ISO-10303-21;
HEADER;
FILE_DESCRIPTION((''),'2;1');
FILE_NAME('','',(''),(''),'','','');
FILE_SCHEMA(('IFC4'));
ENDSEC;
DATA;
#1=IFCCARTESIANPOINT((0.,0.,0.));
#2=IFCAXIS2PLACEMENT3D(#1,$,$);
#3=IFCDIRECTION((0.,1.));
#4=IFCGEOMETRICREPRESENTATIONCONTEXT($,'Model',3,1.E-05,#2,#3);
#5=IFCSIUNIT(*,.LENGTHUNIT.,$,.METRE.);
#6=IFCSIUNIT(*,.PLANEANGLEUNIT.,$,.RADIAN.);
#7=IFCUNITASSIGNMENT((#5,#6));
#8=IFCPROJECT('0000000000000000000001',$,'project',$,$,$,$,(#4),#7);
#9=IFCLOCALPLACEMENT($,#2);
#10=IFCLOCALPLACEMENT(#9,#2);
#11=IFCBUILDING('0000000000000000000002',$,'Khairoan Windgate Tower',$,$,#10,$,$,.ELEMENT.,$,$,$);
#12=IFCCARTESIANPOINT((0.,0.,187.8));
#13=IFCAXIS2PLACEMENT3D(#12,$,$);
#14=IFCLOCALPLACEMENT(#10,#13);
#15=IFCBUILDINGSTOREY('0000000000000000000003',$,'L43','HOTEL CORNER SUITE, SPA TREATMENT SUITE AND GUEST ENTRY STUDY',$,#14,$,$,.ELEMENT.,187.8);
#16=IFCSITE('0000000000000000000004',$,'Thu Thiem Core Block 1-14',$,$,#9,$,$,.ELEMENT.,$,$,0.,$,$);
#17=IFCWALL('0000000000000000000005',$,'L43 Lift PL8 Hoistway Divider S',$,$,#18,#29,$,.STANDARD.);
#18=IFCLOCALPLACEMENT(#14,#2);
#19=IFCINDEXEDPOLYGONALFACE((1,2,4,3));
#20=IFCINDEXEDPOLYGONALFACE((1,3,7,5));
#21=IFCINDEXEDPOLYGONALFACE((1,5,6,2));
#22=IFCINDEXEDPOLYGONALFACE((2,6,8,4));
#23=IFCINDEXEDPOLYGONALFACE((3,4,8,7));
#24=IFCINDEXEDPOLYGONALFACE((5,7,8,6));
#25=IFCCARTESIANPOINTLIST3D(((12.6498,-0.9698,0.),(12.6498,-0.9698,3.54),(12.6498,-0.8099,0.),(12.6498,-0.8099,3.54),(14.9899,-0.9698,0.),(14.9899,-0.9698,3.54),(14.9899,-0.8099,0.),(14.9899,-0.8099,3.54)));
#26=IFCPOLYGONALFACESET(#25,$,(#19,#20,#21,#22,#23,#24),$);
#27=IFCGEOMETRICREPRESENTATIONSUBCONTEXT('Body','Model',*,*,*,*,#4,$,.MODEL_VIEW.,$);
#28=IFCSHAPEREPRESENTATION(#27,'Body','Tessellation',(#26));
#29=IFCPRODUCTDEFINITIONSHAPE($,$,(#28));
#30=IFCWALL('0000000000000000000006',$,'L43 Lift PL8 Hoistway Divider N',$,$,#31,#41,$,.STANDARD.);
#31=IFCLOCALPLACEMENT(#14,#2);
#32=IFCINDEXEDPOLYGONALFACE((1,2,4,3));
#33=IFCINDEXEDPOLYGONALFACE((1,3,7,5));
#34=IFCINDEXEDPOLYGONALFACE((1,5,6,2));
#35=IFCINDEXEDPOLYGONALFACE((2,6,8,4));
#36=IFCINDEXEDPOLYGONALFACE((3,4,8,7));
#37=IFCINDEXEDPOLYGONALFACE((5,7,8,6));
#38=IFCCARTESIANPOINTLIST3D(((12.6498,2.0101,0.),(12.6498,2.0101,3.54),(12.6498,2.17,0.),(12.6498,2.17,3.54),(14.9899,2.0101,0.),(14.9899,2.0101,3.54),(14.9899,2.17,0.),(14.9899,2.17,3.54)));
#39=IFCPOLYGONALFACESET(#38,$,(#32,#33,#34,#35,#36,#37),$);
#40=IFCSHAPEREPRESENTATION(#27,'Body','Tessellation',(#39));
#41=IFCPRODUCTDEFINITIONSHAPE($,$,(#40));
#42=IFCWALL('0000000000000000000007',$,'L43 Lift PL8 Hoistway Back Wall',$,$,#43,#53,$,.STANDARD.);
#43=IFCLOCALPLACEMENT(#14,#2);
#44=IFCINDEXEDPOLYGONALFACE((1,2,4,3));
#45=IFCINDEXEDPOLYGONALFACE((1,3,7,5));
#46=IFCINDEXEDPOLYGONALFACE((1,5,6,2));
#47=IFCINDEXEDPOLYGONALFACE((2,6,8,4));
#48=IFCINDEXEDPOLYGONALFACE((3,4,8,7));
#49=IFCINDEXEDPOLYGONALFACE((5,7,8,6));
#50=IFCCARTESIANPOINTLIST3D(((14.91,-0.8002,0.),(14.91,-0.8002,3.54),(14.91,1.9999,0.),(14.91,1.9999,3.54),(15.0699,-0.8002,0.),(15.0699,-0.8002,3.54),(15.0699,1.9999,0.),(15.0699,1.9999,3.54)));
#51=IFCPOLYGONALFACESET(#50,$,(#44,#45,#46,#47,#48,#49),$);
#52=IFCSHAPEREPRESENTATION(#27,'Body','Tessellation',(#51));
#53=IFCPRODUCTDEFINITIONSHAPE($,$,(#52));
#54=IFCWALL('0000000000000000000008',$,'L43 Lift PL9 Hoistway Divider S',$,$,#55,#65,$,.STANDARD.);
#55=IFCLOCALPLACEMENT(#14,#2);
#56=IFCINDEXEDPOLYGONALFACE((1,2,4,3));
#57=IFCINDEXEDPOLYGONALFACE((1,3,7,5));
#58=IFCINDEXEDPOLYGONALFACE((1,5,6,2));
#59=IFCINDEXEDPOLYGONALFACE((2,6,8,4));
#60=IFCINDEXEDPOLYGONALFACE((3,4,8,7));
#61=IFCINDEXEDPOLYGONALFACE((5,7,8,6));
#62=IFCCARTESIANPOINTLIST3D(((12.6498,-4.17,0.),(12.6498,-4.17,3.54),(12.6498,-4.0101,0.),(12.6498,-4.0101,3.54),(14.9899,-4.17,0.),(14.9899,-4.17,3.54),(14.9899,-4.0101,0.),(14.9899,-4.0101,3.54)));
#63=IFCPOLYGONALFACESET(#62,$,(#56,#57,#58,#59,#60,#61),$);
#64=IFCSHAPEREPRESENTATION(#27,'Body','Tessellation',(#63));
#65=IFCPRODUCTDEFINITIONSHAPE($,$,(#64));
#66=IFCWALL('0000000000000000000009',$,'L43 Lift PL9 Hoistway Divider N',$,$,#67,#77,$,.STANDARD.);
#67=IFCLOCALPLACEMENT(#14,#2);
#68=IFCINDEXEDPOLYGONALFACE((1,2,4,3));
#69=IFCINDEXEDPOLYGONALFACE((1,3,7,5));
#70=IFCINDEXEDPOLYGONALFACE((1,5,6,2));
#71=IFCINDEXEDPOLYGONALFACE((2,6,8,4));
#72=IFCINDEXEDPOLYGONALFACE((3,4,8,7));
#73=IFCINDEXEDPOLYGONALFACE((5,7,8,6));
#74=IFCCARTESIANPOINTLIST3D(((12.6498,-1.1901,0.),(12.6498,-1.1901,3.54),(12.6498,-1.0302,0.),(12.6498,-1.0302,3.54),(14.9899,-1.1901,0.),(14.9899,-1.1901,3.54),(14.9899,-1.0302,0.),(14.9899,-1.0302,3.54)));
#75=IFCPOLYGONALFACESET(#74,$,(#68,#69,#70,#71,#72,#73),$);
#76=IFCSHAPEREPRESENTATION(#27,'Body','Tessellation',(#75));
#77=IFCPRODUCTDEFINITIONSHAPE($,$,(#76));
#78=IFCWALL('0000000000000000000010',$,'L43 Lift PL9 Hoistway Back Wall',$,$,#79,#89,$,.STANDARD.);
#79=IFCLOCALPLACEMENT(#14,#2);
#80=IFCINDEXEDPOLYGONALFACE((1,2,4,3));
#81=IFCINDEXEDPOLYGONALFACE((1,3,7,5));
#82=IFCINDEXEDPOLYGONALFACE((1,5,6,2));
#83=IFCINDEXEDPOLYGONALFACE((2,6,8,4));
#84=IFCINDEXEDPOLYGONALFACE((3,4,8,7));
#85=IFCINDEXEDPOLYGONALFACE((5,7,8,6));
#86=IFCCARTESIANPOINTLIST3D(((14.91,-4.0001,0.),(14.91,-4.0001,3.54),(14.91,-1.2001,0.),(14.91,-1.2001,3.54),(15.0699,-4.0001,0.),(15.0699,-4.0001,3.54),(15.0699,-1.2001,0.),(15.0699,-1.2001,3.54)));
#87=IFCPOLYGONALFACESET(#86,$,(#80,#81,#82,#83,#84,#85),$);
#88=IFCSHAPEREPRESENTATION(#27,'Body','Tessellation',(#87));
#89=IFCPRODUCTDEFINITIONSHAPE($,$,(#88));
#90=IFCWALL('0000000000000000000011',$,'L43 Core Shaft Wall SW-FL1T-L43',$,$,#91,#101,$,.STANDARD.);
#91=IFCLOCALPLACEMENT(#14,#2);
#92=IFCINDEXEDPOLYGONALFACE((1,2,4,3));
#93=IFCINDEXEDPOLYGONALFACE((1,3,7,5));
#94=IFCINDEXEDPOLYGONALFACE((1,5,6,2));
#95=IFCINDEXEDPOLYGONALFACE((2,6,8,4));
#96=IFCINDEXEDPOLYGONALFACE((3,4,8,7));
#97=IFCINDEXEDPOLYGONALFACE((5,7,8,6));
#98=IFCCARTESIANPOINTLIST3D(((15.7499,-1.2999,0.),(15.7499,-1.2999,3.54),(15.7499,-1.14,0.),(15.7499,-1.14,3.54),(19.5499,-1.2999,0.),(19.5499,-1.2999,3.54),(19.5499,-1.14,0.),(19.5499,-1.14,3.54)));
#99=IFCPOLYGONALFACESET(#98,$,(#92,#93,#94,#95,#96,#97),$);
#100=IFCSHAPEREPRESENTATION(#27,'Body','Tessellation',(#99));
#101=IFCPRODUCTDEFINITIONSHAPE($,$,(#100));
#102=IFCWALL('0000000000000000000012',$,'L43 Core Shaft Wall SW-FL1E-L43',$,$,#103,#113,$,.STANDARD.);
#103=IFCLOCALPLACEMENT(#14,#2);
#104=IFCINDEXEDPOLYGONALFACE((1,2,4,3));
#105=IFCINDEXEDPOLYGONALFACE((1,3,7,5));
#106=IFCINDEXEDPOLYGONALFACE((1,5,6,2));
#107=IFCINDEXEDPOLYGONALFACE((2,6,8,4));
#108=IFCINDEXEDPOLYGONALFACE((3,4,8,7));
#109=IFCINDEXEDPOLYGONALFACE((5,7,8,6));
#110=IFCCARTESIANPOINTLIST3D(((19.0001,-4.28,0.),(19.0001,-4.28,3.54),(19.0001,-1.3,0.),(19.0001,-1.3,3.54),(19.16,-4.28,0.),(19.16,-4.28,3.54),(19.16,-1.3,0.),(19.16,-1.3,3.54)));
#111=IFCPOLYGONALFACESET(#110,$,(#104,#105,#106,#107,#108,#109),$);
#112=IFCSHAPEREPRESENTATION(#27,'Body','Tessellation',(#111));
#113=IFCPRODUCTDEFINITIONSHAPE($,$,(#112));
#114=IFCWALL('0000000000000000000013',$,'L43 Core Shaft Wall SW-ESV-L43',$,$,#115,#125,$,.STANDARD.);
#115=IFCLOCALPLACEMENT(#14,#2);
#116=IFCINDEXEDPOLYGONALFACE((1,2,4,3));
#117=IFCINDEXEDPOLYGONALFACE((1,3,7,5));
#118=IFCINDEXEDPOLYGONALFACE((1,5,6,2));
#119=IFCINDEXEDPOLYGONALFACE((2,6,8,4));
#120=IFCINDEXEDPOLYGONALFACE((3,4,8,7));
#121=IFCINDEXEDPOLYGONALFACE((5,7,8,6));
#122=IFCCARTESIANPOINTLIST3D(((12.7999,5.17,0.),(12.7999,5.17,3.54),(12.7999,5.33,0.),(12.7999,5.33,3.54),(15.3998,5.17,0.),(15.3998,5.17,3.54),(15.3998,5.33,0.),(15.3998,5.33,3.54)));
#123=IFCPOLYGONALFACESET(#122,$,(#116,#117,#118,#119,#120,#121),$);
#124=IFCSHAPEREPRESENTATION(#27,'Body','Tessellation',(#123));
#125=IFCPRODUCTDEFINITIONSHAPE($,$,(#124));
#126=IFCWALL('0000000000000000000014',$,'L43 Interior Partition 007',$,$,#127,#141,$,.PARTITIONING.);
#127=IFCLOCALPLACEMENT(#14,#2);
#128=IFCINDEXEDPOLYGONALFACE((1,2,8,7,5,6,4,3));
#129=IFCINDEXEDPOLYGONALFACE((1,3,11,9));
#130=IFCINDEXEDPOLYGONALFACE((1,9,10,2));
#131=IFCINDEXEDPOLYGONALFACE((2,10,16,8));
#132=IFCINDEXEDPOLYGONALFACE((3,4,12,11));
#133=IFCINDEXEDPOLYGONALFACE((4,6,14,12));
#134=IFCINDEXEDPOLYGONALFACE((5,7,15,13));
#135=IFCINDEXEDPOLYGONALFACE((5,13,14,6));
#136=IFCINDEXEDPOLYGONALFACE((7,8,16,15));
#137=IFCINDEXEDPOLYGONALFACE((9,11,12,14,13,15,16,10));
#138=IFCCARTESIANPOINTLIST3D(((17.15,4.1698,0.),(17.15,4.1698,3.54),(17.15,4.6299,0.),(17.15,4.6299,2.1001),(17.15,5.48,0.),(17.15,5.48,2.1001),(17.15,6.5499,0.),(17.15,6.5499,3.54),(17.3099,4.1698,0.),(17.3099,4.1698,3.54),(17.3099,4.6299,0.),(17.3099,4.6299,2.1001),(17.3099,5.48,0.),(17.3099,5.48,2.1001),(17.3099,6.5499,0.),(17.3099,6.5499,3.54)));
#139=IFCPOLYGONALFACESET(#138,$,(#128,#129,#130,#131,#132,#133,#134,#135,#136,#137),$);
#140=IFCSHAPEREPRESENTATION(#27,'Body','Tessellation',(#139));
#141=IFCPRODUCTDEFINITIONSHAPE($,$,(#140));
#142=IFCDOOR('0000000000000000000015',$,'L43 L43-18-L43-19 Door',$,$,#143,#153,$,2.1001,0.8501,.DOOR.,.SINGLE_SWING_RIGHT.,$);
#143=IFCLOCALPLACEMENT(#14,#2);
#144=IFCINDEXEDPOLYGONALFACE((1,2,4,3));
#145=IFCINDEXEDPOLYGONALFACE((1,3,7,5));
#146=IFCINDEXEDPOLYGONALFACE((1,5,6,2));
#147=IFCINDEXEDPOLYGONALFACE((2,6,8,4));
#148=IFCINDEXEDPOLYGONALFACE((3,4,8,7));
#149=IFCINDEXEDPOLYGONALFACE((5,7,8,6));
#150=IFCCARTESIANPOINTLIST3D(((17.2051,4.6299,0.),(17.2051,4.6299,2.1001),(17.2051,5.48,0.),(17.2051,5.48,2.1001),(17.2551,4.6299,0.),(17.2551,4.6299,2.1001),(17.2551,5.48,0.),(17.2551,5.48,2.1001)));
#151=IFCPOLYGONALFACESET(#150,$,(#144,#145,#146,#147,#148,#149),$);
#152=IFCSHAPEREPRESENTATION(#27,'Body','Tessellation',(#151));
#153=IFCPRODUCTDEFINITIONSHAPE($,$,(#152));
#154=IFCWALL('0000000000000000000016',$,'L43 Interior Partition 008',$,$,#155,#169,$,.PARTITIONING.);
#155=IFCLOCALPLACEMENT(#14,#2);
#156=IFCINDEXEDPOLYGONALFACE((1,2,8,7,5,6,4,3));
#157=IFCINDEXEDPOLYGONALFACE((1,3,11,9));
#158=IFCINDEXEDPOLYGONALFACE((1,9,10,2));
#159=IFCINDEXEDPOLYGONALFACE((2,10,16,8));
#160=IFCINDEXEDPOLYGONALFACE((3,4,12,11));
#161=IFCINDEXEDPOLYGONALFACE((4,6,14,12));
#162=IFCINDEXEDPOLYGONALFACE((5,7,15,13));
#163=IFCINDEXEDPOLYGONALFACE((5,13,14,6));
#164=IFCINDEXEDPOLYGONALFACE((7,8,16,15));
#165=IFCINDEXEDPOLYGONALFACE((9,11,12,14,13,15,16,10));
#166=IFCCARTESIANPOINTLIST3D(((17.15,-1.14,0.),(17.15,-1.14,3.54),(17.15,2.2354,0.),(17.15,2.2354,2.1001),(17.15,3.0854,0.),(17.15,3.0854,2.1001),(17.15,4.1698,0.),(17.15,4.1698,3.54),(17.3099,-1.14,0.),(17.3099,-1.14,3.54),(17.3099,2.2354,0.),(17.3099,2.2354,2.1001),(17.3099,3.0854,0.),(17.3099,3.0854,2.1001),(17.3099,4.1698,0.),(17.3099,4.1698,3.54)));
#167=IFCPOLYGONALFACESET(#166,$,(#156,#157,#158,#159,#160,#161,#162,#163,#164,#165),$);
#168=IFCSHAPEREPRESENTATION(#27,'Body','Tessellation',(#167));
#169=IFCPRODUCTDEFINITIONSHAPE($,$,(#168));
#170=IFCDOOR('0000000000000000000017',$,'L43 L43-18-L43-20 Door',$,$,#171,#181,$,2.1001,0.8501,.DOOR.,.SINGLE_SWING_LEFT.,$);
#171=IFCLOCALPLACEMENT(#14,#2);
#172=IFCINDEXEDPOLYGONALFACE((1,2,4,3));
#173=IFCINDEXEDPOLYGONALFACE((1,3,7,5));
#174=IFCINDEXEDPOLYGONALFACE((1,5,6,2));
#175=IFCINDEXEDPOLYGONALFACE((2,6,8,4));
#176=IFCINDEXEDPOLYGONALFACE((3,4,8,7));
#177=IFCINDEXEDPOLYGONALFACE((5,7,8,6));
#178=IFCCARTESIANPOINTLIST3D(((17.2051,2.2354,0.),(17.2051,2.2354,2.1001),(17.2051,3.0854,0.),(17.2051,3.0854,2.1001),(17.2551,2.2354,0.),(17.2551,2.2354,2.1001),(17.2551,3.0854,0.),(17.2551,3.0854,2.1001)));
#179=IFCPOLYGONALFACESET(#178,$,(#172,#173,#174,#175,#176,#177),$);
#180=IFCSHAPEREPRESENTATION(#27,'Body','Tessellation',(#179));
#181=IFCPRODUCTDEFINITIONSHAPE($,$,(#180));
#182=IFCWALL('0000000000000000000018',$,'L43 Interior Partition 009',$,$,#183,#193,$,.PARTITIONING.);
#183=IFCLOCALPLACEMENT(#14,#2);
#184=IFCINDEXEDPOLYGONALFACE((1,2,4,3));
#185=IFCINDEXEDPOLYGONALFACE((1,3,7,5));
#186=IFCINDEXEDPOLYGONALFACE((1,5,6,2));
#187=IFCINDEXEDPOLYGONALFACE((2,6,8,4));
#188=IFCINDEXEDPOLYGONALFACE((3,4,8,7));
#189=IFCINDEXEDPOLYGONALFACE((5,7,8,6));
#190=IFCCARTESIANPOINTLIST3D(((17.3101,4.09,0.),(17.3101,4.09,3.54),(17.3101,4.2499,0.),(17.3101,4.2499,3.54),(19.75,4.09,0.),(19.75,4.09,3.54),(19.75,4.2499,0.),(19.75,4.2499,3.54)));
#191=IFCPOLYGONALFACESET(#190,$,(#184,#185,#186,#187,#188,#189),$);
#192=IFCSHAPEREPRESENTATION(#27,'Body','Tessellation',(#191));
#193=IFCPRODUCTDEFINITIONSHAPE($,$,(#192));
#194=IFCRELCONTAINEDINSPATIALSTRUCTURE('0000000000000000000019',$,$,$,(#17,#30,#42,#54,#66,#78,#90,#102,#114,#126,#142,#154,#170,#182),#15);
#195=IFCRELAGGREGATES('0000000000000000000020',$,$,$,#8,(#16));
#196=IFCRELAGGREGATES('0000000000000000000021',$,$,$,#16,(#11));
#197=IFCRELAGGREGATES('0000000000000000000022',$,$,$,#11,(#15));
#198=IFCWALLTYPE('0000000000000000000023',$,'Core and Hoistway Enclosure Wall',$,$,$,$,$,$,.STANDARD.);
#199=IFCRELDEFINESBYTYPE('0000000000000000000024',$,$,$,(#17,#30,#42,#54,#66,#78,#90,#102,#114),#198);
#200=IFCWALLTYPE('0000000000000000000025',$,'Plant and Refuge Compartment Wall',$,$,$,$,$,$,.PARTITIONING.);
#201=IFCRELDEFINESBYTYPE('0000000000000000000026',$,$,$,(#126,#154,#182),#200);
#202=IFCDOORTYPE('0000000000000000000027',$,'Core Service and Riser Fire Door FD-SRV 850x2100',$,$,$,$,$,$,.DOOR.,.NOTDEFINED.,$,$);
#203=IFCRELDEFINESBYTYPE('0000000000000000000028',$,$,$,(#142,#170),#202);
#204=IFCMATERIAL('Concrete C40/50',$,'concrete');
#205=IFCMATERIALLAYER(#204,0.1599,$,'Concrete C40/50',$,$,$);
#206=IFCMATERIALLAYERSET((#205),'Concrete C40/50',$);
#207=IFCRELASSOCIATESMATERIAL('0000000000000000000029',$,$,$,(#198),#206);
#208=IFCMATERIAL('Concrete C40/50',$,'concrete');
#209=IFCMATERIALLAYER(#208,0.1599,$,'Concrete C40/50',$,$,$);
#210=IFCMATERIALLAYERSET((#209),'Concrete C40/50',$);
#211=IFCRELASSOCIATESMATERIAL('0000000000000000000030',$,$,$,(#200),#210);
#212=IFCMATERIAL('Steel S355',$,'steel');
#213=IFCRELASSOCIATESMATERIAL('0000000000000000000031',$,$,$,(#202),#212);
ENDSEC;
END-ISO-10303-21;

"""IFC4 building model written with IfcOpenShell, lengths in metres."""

from ifc_helpers import new_model, si_unit, direction, frame, frame_2d, origin, place, context, subcontext, project, spatial, rectangle, extrude, material, layer, layer_set, type_object, element, fill, save


model = new_model("IFC4")

# Units and contexts
model_context = context("Model", 3, precision=1e-05, world=origin(), true_north=direction((0.0, 1.0)))
body_context = subcontext(model_context, "Body", "Model", "MODEL_VIEW")
ifc_project = project(units=[si_unit("LENGTHUNIT", "METRE"), si_unit("PLANEANGLEUNIT", "RADIAN")], contexts=[model_context])

# Site, building, storey
site_placement = place(None, origin())
site = spatial("IfcSite", under=ifc_project, at=site_placement, Name="Thu Thiem Core Block 1-14", CompositionType="ELEMENT", RefElevation=0.0)
building_placement = place(site_placement, origin())
building = spatial("IfcBuilding", under=site, at=building_placement, Name="Khairoan Windgate Tower", CompositionType="ELEMENT")
storey_placement = place(building_placement, frame((0.0, 0.0, 187.8)))
storey = spatial("IfcBuildingStorey", under=building, at=storey_placement, Name="L43", Description="HOTEL CORNER SUITE, SPA TREATMENT SUITE AND GUEST ENTRY STUDY", CompositionType="ELEMENT", Elevation=187.8)

# Walls
ifc_material_1 = material(Name="Concrete C40/50", Category="concrete")
ifc_layer_1 = layer(ifc_material_1, 0.1599, Name="Concrete C40/50")
ifc_layer_set_1 = layer_set([ifc_layer_1], Name="Concrete C40/50")
wall_type_1 = type_object("IfcWallType", Name="Core and Hoistway Enclosure Wall", PredefinedType="STANDARD", material=ifc_layer_set_1)
for number, where, z_axis, x_axis, name in (
    (1, (12.6499, -0.8899, 0.0), (0.0, 0.0, 1.0), (1.0, 0.0, 0.0), "L43 Lift PL8 Hoistway Divider S"),
    (2, (12.6499, 2.0901, 0.0), (0.0, 0.0, 1.0), (1.0, 0.0, 0.0), "L43 Lift PL8 Hoistway Divider N"),
):
    element("IfcWall", number, at=place(storey_placement, frame(where, z_axis=z_axis, x_axis=x_axis)), inside=storey, type_object=wall_type_1, Name=name, PredefinedType="STANDARD", context=body_context, shape_type="SweptSolid", body=[
        extrude(rectangle(XDim=2.3401, YDim=0.1599, at=frame_2d((1.1699, 0.0))), origin(), (0.0, 0.0, 1.0), 3.54),
    ])
wall_1_placement = place(storey_placement, frame((14.99, -0.8, 0.0), z_axis=(0.0, 0.0, 1.0), x_axis=(0.0, 1.0, 0.0)))
element("IfcWall", 3, at=wall_1_placement, inside=storey, type_object=wall_type_1, Name="L43 Lift PL8 Hoistway Back Wall", PredefinedType="STANDARD", context=body_context, shape_type="SweptSolid", body=[
    extrude(rectangle(XDim=2.8, YDim=0.1599, at=frame_2d((1.3999, 0.0))), origin(), (0.0, 0.0, 1.0), 3.54),
])
for number, where, z_axis, x_axis, name in (
    (4, (12.6499, -4.0901, 0.0), (0.0, 0.0, 1.0), (1.0, 0.0, 0.0), "L43 Lift PL9 Hoistway Divider S"),
    (5, (12.6499, -1.1101, 0.0), (0.0, 0.0, 1.0), (1.0, 0.0, 0.0), "L43 Lift PL9 Hoistway Divider N"),
):
    element("IfcWall", number, at=place(storey_placement, frame(where, z_axis=z_axis, x_axis=x_axis)), inside=storey, type_object=wall_type_1, Name=name, PredefinedType="STANDARD", context=body_context, shape_type="SweptSolid", body=[
        extrude(rectangle(XDim=2.3401, YDim=0.1599, at=frame_2d((1.1699, 0.0))), origin(), (0.0, 0.0, 1.0), 3.54),
    ])
wall_2_placement = place(storey_placement, frame((14.99, -4.0, 0.0), z_axis=(0.0, 0.0, 1.0), x_axis=(0.0, 1.0, 0.0)))
element("IfcWall", 6, at=wall_2_placement, inside=storey, type_object=wall_type_1, Name="L43 Lift PL9 Hoistway Back Wall", PredefinedType="STANDARD", context=body_context, shape_type="SweptSolid", body=[
    extrude(rectangle(XDim=2.8, YDim=0.1599, at=frame_2d((1.3999, 0.0))), origin(), (0.0, 0.0, 1.0), 3.54),
])
wall_3_placement = place(storey_placement, frame((15.75, -1.22, 0.0), z_axis=(0.0, 0.0, 1.0), x_axis=(1.0, 0.0, 0.0)))
element("IfcWall", 7, at=wall_3_placement, inside=storey, type_object=wall_type_1, Name="L43 Core Shaft Wall SW-FL1T-L43", PredefinedType="STANDARD", context=body_context, shape_type="SweptSolid", body=[
    extrude(rectangle(XDim=3.8, YDim=0.1599, at=frame_2d((1.8999, 0.0))), origin(), (0.0, 0.0, 1.0), 3.54),
])
wall_4_placement = place(storey_placement, frame((19.0801, -4.28, 0.0), z_axis=(0.0, 0.0, 1.0), x_axis=(0.0, 1.0, 0.0)))
element("IfcWall", 8, at=wall_4_placement, inside=storey, type_object=wall_type_1, Name="L43 Core Shaft Wall SW-FL1E-L43", PredefinedType="STANDARD", context=body_context, shape_type="SweptSolid", body=[
    extrude(rectangle(XDim=2.98, YDim=0.1599, at=frame_2d((1.49, 0.0))), origin(), (0.0, 0.0, 1.0), 3.54),
])
wall_5_placement = place(storey_placement, frame((12.8, 5.25, 0.0), z_axis=(0.0, 0.0, 1.0), x_axis=(1.0, 0.0, 0.0)))
element("IfcWall", 9, at=wall_5_placement, inside=storey, type_object=wall_type_1, Name="L43 Core Shaft Wall SW-ESV-L43", PredefinedType="STANDARD", context=body_context, shape_type="SweptSolid", body=[
    extrude(rectangle(XDim=2.5999, YDim=0.1599, at=frame_2d((1.2998, 0.0))), origin(), (0.0, 0.0, 1.0), 3.54),
])

# Walls, openings, doors
ifc_material_2 = material(Name="Concrete C40/50", Category="concrete")
ifc_layer_2 = layer(ifc_material_2, 0.1599, Name="Concrete C40/50")
ifc_layer_set_2 = layer_set([ifc_layer_2], Name="Concrete C40/50")
wall_type_2 = type_object("IfcWallType", Name="Plant and Refuge Compartment Wall", PredefinedType="PARTITIONING", material=ifc_layer_set_2)
wall_6_placement = place(storey_placement, frame((17.23, 4.1699, 0.0), z_axis=(0.0, 0.0, 1.0), x_axis=(0.0, 1.0, 0.0)))
wall_6 = element("IfcWall", 10, at=wall_6_placement, inside=storey, type_object=wall_type_2, Name="L43 Interior Partition 007", PredefinedType="PARTITIONING", context=body_context, shape_type="SweptSolid", body=[
    extrude(rectangle(XDim=2.3801, YDim=0.1599, at=frame_2d((1.1899, 0.0))), origin(), (0.0, 0.0, 1.0), 3.54),
])
opening_1_placement = place(wall_6_placement, frame((0.46, 0.0, 0.0)))
opening_1 = element("IfcOpeningElement", 11, at=opening_1_placement, cuts=wall_6, PredefinedType="OPENING", context=body_context, shape_type="SweptSolid", body=[
    extrude(rectangle(XDim=0.8501, YDim=2.1001, at=frame_2d((0.425, 1.05))), frame((0.0, 0.0898, 0.0), z_axis=(0.0, -1.0, 0.0), x_axis=(1.0, 0.0, 0.0)), (0.0, 0.0, 1.0), 0.1799),
])
ifc_material_3 = material(Name="Steel S355", Category="steel")
door_type = type_object("IfcDoorType", Name="Core Service and Riser Fire Door FD-SRV 850x2100", OperationType="NOTDEFINED", PredefinedType="DOOR", material=ifc_material_3)
door_1_placement = place(opening_1_placement, origin())
door_1 = element("IfcDoor", 12, at=door_1_placement, inside=storey, type_object=door_type, Name="L43 L43-18-L43-19 Door", OperationType="SINGLE_SWING_RIGHT", OverallHeight=2.1001, OverallWidth=0.8501, PredefinedType="DOOR", context=body_context, shape_type="SweptSolid", body=[
    extrude(rectangle(XDim=0.8501, YDim=2.1001, at=frame_2d((0.425, 1.05))), frame((0.0, 0.0249, 0.0), z_axis=(0.0, -1.0, 0.0), x_axis=(1.0, 0.0, 0.0)), (0.0, 0.0, 1.0), 0.05),
])
fill(opening_1, door_1)
wall_7_placement = place(storey_placement, frame((17.23, -1.1399, 0.0), z_axis=(0.0, 0.0, 1.0), x_axis=(0.0, 1.0, 0.0)))
wall_7 = element("IfcWall", 13, at=wall_7_placement, inside=storey, type_object=wall_type_2, Name="L43 Interior Partition 008", PredefinedType="PARTITIONING", context=body_context, shape_type="SweptSolid", body=[
    extrude(rectangle(XDim=5.3098, YDim=0.1599, at=frame_2d((2.6548, 0.0))), origin(), (0.0, 0.0, 1.0), 3.54),
])
opening_2_placement = place(wall_7_placement, frame((3.3752, 0.0, 0.0)))
opening_2 = element("IfcOpeningElement", 14, at=opening_2_placement, cuts=wall_7, PredefinedType="OPENING", context=body_context, shape_type="SweptSolid", body=[
    extrude(rectangle(XDim=0.8501, YDim=2.1001, at=frame_2d((0.425, 1.05))), frame((0.0, 0.0898, 0.0), z_axis=(0.0, -1.0, 0.0), x_axis=(1.0, 0.0, 0.0)), (0.0, 0.0, 1.0), 0.1799),
])
door_2_placement = place(opening_2_placement, origin())
door_2 = element("IfcDoor", 15, at=door_2_placement, inside=storey, type_object=door_type, Name="L43 L43-18-L43-20 Door", OperationType="SINGLE_SWING_LEFT", OverallHeight=2.1001, OverallWidth=0.8501, PredefinedType="DOOR", context=body_context, shape_type="SweptSolid", body=[
    extrude(rectangle(XDim=0.8501, YDim=2.1001, at=frame_2d((0.425, 1.05))), frame((0.0, 0.0249, 0.0), z_axis=(0.0, -1.0, 0.0), x_axis=(1.0, 0.0, 0.0)), (0.0, 0.0, 1.0), 0.05),
])
fill(opening_2, door_2)

# Wall
wall_8_placement = place(storey_placement, frame((17.3101, 4.1699, 0.0), z_axis=(0.0, 0.0, 1.0), x_axis=(1.0, 0.0, 0.0)))
element("IfcWall", 16, at=wall_8_placement, inside=storey, type_object=wall_type_2, Name="L43 Interior Partition 009", PredefinedType="PARTITIONING", context=body_context, shape_type="SweptSolid", body=[
    extrude(rectangle(XDim=2.4399, YDim=0.1599, at=frame_2d((1.22, 0.0))), origin(), (0.0, 0.0, 1.0), 3.54),
])

save(model, "model.ifc")
